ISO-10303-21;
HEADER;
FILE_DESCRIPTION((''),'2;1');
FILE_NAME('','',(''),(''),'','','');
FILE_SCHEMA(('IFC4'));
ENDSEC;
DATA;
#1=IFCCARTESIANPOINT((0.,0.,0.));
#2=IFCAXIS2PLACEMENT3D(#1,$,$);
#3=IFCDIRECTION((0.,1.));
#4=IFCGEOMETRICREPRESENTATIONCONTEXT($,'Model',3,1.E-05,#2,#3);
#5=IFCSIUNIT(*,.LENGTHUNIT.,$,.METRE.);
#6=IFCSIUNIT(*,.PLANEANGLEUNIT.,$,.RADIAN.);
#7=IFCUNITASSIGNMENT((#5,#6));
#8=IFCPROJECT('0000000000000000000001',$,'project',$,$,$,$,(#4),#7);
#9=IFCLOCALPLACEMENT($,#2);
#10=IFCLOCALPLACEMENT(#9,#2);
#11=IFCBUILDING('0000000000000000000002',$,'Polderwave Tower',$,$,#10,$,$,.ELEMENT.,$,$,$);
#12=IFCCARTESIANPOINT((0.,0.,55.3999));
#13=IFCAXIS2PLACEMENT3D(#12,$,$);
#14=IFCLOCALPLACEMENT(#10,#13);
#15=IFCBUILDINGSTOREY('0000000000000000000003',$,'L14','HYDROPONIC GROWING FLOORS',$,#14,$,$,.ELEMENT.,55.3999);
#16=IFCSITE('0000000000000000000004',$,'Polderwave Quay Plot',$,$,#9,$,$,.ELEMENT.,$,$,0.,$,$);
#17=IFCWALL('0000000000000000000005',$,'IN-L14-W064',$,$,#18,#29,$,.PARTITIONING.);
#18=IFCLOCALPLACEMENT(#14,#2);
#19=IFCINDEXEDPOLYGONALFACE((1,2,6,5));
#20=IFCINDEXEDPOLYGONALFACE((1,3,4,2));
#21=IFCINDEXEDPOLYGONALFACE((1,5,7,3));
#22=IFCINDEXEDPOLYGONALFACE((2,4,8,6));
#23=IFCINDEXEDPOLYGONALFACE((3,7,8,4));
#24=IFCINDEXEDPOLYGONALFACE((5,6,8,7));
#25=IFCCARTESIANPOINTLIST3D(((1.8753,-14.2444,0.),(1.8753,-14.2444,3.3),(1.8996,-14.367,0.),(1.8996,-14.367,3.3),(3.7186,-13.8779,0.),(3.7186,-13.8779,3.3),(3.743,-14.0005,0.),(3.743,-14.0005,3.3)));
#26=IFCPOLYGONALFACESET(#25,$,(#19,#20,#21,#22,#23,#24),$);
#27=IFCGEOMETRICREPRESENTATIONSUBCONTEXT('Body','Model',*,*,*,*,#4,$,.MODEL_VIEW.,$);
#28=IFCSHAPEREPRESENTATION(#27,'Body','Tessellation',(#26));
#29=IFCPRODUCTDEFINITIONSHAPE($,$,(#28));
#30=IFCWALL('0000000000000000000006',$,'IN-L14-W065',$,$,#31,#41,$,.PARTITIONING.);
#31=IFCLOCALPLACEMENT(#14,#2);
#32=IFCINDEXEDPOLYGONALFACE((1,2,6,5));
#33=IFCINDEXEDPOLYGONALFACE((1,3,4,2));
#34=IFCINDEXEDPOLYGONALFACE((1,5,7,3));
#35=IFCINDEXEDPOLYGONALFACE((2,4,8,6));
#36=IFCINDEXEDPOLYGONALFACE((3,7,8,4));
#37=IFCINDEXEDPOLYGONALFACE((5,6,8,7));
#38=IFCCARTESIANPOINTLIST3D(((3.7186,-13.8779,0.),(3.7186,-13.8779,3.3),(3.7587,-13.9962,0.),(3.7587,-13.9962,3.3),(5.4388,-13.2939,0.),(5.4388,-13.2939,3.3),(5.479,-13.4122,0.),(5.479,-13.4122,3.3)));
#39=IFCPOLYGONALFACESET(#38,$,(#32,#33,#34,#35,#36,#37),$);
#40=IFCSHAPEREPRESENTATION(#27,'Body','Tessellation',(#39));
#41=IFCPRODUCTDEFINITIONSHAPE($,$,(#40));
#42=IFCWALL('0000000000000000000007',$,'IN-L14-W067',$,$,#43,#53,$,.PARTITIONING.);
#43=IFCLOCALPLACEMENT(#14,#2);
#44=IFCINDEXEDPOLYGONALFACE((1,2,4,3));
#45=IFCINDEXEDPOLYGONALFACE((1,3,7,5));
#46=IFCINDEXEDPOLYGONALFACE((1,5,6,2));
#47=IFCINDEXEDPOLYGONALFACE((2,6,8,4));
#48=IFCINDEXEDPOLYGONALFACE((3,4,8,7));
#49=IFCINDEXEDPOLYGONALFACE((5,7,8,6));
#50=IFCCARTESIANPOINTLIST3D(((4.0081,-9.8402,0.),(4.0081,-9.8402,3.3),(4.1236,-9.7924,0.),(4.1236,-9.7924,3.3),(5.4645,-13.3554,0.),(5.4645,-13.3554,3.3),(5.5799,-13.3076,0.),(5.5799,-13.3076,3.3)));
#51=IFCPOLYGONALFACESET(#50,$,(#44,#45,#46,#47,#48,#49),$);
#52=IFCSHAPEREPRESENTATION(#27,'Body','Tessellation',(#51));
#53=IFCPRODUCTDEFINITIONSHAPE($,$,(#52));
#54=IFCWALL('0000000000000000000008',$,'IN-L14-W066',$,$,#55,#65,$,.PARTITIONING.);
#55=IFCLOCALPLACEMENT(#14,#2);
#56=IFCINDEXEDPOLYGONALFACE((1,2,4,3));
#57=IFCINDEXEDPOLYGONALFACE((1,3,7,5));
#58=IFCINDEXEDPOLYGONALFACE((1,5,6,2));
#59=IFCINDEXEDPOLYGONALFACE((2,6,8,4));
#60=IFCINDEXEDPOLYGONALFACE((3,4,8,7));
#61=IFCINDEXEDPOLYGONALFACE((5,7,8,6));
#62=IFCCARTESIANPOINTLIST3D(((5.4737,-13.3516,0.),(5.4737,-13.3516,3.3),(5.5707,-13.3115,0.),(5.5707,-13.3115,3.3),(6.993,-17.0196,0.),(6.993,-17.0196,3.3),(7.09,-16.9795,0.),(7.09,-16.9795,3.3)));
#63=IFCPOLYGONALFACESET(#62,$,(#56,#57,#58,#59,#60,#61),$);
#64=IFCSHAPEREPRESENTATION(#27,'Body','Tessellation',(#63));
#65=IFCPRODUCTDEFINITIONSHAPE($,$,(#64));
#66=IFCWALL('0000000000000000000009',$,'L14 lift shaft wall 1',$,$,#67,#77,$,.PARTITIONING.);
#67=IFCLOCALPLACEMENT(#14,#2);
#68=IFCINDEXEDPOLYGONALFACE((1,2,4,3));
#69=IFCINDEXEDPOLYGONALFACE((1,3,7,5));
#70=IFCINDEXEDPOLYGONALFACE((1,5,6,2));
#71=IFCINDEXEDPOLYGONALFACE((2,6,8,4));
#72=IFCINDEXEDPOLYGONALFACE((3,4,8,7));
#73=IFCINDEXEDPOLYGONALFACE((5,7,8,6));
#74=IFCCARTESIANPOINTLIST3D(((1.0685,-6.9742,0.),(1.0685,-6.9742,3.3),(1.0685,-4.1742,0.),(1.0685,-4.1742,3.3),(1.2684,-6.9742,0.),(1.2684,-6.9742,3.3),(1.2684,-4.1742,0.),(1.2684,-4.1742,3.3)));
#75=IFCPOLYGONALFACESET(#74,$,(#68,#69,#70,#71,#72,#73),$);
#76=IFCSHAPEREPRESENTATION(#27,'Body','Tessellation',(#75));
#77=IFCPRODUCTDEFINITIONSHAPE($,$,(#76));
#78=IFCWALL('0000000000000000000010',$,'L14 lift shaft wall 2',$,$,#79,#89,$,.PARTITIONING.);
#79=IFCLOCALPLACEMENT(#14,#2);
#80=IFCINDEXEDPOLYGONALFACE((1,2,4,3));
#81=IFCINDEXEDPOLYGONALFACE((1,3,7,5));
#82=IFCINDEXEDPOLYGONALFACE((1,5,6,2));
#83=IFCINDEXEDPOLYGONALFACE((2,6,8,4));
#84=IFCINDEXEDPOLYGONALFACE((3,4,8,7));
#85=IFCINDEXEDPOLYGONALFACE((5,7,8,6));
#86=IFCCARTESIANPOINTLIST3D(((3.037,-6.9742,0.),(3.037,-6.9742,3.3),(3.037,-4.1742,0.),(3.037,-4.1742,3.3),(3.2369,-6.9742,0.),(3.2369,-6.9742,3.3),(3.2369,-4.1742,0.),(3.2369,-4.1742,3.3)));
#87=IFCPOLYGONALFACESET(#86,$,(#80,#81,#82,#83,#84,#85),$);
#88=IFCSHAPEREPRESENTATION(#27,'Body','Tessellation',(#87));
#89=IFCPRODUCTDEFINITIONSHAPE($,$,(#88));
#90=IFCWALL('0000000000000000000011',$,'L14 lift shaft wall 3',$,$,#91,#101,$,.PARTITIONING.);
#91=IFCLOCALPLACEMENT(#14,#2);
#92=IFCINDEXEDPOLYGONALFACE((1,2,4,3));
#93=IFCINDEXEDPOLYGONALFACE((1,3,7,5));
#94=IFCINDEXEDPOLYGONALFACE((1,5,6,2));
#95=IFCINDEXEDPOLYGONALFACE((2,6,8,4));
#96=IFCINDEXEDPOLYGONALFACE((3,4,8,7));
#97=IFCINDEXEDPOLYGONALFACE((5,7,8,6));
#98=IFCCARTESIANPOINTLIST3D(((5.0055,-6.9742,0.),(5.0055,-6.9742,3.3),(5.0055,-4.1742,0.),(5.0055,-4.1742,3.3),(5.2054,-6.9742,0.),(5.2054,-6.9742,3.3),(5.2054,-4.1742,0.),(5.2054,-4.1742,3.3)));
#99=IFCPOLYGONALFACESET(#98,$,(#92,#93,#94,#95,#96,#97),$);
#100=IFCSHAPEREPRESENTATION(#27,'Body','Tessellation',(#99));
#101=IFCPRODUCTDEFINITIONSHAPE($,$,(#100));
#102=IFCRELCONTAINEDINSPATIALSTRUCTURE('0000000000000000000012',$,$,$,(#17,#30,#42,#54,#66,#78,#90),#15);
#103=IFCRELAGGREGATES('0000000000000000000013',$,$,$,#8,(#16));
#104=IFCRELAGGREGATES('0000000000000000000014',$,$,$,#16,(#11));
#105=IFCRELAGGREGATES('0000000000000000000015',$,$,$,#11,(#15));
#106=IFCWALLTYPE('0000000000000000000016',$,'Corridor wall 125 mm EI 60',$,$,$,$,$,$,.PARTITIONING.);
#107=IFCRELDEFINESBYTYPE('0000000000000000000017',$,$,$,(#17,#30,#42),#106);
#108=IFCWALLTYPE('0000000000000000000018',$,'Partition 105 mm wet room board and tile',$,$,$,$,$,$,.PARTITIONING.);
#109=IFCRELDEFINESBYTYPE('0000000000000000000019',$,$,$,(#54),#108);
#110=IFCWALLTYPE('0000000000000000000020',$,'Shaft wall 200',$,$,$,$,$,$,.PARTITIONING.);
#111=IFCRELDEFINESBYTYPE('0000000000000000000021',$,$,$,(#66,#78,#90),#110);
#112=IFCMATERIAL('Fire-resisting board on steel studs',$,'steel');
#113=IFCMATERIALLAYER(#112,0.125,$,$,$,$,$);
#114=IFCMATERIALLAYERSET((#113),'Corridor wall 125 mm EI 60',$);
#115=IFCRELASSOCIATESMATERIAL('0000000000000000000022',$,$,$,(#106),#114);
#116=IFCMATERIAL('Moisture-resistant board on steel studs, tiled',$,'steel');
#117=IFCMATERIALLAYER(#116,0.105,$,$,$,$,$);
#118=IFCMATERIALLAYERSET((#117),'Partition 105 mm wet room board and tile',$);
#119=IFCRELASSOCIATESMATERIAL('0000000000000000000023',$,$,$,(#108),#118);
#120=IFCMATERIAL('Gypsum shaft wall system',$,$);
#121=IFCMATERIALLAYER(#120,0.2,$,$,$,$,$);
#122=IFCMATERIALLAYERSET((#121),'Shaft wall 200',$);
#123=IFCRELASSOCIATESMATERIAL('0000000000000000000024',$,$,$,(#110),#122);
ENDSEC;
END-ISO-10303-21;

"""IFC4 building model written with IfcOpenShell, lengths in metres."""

from ifc_helpers import new_model, si_unit, direction, frame, frame_2d, origin, place, context, subcontext, project, spatial, rectangle, extrude, material, layer, layer_set, type_object, element, save


model = new_model("IFC4")

# Units and contexts
model_context = context("Model", 3, precision=1e-05, world=origin(), true_north=direction((0.0, 1.0)))
body_context = subcontext(model_context, "Body", "Model", "MODEL_VIEW")
ifc_project = project(units=[si_unit("LENGTHUNIT", "METRE"), si_unit("PLANEANGLEUNIT", "RADIAN")], contexts=[model_context])

# Site, building, storey
site_placement = place(None, origin())
site = spatial("IfcSite", under=ifc_project, at=site_placement, Name="Polderwave Quay Plot", CompositionType="ELEMENT", RefElevation=0.0)
building_placement = place(site_placement, origin())
building = spatial("IfcBuilding", under=site, at=building_placement, Name="Polderwave Tower", CompositionType="ELEMENT")
storey_placement = place(building_placement, frame((0.0, 0.0, 55.3999)))
storey = spatial("IfcBuildingStorey", under=building, at=storey_placement, Name="L14", Description="HYDROPONIC GROWING FLOORS", CompositionType="ELEMENT", Elevation=55.3999)

# Shared definitions
ifc_material_1 = material(Name="Fire-resisting board on steel studs", Category="steel")
ifc_layer_1 = layer(ifc_material_1, 0.125)
ifc_layer_set_1 = layer_set([ifc_layer_1], Name="Corridor wall 125 mm EI 60")
wall_type_1 = type_object("IfcWallType", Name="Corridor wall 125 mm EI 60", PredefinedType="PARTITIONING", material=ifc_layer_set_1)

# Walls
wall_1_placement = place(storey_placement, frame((1.8875, -14.3057, 0.0), z_axis=(0.0, 0.0, 1.0), x_axis=(0.980805, 0.194992, 0.0)))
element("IfcWall", 1, at=wall_1_placement, inside=storey, type_object=wall_type_1, Name="IN-L14-W064", PredefinedType="PARTITIONING", context=body_context, shape_type="SweptSolid", body=[
    extrude(rectangle(XDim=1.8794, YDim=0.125, at=frame_2d((0.9397, 0.0))), origin(), (0.0, 0.0, 1.0), 3.3),
])
wall_2_placement = place(storey_placement, frame((3.7388, -13.937, 0.0), z_axis=(0.0, 0.0, 1.0), x_axis=(0.946922, 0.321464, 0.0)))
element("IfcWall", 2, at=wall_2_placement, inside=storey, type_object=wall_type_1, Name="IN-L14-W065", PredefinedType="PARTITIONING", context=body_context, shape_type="SweptSolid", body=[
    extrude(rectangle(XDim=1.8167, YDim=0.125, at=frame_2d((0.9082, 0.0))), origin(), (0.0, 0.0, 1.0), 3.3),
])
wall_3_placement = place(storey_placement, frame((4.0659, -9.8164, 0.0), z_axis=(0.0, 0.0, 1.0), x_axis=(0.382747, -0.923853, 0.0)))
element("IfcWall", 3, at=wall_3_placement, inside=storey, type_object=wall_type_1, Name="IN-L14-W067", PredefinedType="PARTITIONING", context=body_context, shape_type="SweptSolid", body=[
    extrude(rectangle(XDim=3.8049, YDim=0.125, at=frame_2d((1.9023, 0.0))), origin(), (0.0, 0.0, 1.0), 3.3),
])
ifc_material_2 = material(Name="Moisture-resistant board on steel studs, tiled", Category="steel")
ifc_layer_2 = layer(ifc_material_2, 0.105)
ifc_layer_set_2 = layer_set([ifc_layer_2], Name="Partition 105 mm wet room board and tile")
wall_type_2 = type_object("IfcWallType", Name="Partition 105 mm wet room board and tile", PredefinedType="PARTITIONING", material=ifc_layer_set_2)
wall_4_placement = place(storey_placement, frame((5.5222, -13.3315, 0.0), z_axis=(0.0, 0.0, 1.0), x_axis=(0.382676, -0.923883, 0.0)))
element("IfcWall", 4, at=wall_4_placement, inside=storey, type_object=wall_type_2, Name="IN-L14-W066", PredefinedType="PARTITIONING", context=body_context, shape_type="SweptSolid", body=[
    extrude(rectangle(XDim=3.9702, YDim=0.105, at=frame_2d((1.9851, 0.0))), origin(), (0.0, 0.0, 1.0), 3.3),
])
ifc_material_3 = material(Name="Gypsum shaft wall system")
ifc_layer_3 = layer(ifc_material_3, 0.2)
ifc_layer_set_3 = layer_set([ifc_layer_3], Name="Shaft wall 200")
wall_type_3 = type_object("IfcWallType", Name="Shaft wall 200", PredefinedType="PARTITIONING", material=ifc_layer_set_3)
for number, where, z_axis, x_axis, name in (
    (5, (1.1685, -6.9741, 0.0), (0.0, 0.0, 1.0), (0.0, 1.0, 0.0), "L14 lift shaft wall 1"),
    (6, (3.137, -6.9741, 0.0), (0.0, 0.0, 1.0), (0.0, 1.0, 0.0), "L14 lift shaft wall 2"),
    (7, (5.1055, -6.9741, 0.0), (0.0, 0.0, 1.0), (0.0, 1.0, 0.0), "L14 lift shaft wall 3"),
):
    element("IfcWall", number, at=place(storey_placement, frame(where, z_axis=z_axis, x_axis=x_axis)), inside=storey, type_object=wall_type_3, Name=name, PredefinedType="PARTITIONING", context=body_context, shape_type="SweptSolid", body=[
        extrude(rectangle(XDim=2.8, YDim=0.2, at=frame_2d((1.3999, 0.0))), origin(), (0.0, 0.0, 1.0), 3.3),
    ])

save(model, "model.ifc")
